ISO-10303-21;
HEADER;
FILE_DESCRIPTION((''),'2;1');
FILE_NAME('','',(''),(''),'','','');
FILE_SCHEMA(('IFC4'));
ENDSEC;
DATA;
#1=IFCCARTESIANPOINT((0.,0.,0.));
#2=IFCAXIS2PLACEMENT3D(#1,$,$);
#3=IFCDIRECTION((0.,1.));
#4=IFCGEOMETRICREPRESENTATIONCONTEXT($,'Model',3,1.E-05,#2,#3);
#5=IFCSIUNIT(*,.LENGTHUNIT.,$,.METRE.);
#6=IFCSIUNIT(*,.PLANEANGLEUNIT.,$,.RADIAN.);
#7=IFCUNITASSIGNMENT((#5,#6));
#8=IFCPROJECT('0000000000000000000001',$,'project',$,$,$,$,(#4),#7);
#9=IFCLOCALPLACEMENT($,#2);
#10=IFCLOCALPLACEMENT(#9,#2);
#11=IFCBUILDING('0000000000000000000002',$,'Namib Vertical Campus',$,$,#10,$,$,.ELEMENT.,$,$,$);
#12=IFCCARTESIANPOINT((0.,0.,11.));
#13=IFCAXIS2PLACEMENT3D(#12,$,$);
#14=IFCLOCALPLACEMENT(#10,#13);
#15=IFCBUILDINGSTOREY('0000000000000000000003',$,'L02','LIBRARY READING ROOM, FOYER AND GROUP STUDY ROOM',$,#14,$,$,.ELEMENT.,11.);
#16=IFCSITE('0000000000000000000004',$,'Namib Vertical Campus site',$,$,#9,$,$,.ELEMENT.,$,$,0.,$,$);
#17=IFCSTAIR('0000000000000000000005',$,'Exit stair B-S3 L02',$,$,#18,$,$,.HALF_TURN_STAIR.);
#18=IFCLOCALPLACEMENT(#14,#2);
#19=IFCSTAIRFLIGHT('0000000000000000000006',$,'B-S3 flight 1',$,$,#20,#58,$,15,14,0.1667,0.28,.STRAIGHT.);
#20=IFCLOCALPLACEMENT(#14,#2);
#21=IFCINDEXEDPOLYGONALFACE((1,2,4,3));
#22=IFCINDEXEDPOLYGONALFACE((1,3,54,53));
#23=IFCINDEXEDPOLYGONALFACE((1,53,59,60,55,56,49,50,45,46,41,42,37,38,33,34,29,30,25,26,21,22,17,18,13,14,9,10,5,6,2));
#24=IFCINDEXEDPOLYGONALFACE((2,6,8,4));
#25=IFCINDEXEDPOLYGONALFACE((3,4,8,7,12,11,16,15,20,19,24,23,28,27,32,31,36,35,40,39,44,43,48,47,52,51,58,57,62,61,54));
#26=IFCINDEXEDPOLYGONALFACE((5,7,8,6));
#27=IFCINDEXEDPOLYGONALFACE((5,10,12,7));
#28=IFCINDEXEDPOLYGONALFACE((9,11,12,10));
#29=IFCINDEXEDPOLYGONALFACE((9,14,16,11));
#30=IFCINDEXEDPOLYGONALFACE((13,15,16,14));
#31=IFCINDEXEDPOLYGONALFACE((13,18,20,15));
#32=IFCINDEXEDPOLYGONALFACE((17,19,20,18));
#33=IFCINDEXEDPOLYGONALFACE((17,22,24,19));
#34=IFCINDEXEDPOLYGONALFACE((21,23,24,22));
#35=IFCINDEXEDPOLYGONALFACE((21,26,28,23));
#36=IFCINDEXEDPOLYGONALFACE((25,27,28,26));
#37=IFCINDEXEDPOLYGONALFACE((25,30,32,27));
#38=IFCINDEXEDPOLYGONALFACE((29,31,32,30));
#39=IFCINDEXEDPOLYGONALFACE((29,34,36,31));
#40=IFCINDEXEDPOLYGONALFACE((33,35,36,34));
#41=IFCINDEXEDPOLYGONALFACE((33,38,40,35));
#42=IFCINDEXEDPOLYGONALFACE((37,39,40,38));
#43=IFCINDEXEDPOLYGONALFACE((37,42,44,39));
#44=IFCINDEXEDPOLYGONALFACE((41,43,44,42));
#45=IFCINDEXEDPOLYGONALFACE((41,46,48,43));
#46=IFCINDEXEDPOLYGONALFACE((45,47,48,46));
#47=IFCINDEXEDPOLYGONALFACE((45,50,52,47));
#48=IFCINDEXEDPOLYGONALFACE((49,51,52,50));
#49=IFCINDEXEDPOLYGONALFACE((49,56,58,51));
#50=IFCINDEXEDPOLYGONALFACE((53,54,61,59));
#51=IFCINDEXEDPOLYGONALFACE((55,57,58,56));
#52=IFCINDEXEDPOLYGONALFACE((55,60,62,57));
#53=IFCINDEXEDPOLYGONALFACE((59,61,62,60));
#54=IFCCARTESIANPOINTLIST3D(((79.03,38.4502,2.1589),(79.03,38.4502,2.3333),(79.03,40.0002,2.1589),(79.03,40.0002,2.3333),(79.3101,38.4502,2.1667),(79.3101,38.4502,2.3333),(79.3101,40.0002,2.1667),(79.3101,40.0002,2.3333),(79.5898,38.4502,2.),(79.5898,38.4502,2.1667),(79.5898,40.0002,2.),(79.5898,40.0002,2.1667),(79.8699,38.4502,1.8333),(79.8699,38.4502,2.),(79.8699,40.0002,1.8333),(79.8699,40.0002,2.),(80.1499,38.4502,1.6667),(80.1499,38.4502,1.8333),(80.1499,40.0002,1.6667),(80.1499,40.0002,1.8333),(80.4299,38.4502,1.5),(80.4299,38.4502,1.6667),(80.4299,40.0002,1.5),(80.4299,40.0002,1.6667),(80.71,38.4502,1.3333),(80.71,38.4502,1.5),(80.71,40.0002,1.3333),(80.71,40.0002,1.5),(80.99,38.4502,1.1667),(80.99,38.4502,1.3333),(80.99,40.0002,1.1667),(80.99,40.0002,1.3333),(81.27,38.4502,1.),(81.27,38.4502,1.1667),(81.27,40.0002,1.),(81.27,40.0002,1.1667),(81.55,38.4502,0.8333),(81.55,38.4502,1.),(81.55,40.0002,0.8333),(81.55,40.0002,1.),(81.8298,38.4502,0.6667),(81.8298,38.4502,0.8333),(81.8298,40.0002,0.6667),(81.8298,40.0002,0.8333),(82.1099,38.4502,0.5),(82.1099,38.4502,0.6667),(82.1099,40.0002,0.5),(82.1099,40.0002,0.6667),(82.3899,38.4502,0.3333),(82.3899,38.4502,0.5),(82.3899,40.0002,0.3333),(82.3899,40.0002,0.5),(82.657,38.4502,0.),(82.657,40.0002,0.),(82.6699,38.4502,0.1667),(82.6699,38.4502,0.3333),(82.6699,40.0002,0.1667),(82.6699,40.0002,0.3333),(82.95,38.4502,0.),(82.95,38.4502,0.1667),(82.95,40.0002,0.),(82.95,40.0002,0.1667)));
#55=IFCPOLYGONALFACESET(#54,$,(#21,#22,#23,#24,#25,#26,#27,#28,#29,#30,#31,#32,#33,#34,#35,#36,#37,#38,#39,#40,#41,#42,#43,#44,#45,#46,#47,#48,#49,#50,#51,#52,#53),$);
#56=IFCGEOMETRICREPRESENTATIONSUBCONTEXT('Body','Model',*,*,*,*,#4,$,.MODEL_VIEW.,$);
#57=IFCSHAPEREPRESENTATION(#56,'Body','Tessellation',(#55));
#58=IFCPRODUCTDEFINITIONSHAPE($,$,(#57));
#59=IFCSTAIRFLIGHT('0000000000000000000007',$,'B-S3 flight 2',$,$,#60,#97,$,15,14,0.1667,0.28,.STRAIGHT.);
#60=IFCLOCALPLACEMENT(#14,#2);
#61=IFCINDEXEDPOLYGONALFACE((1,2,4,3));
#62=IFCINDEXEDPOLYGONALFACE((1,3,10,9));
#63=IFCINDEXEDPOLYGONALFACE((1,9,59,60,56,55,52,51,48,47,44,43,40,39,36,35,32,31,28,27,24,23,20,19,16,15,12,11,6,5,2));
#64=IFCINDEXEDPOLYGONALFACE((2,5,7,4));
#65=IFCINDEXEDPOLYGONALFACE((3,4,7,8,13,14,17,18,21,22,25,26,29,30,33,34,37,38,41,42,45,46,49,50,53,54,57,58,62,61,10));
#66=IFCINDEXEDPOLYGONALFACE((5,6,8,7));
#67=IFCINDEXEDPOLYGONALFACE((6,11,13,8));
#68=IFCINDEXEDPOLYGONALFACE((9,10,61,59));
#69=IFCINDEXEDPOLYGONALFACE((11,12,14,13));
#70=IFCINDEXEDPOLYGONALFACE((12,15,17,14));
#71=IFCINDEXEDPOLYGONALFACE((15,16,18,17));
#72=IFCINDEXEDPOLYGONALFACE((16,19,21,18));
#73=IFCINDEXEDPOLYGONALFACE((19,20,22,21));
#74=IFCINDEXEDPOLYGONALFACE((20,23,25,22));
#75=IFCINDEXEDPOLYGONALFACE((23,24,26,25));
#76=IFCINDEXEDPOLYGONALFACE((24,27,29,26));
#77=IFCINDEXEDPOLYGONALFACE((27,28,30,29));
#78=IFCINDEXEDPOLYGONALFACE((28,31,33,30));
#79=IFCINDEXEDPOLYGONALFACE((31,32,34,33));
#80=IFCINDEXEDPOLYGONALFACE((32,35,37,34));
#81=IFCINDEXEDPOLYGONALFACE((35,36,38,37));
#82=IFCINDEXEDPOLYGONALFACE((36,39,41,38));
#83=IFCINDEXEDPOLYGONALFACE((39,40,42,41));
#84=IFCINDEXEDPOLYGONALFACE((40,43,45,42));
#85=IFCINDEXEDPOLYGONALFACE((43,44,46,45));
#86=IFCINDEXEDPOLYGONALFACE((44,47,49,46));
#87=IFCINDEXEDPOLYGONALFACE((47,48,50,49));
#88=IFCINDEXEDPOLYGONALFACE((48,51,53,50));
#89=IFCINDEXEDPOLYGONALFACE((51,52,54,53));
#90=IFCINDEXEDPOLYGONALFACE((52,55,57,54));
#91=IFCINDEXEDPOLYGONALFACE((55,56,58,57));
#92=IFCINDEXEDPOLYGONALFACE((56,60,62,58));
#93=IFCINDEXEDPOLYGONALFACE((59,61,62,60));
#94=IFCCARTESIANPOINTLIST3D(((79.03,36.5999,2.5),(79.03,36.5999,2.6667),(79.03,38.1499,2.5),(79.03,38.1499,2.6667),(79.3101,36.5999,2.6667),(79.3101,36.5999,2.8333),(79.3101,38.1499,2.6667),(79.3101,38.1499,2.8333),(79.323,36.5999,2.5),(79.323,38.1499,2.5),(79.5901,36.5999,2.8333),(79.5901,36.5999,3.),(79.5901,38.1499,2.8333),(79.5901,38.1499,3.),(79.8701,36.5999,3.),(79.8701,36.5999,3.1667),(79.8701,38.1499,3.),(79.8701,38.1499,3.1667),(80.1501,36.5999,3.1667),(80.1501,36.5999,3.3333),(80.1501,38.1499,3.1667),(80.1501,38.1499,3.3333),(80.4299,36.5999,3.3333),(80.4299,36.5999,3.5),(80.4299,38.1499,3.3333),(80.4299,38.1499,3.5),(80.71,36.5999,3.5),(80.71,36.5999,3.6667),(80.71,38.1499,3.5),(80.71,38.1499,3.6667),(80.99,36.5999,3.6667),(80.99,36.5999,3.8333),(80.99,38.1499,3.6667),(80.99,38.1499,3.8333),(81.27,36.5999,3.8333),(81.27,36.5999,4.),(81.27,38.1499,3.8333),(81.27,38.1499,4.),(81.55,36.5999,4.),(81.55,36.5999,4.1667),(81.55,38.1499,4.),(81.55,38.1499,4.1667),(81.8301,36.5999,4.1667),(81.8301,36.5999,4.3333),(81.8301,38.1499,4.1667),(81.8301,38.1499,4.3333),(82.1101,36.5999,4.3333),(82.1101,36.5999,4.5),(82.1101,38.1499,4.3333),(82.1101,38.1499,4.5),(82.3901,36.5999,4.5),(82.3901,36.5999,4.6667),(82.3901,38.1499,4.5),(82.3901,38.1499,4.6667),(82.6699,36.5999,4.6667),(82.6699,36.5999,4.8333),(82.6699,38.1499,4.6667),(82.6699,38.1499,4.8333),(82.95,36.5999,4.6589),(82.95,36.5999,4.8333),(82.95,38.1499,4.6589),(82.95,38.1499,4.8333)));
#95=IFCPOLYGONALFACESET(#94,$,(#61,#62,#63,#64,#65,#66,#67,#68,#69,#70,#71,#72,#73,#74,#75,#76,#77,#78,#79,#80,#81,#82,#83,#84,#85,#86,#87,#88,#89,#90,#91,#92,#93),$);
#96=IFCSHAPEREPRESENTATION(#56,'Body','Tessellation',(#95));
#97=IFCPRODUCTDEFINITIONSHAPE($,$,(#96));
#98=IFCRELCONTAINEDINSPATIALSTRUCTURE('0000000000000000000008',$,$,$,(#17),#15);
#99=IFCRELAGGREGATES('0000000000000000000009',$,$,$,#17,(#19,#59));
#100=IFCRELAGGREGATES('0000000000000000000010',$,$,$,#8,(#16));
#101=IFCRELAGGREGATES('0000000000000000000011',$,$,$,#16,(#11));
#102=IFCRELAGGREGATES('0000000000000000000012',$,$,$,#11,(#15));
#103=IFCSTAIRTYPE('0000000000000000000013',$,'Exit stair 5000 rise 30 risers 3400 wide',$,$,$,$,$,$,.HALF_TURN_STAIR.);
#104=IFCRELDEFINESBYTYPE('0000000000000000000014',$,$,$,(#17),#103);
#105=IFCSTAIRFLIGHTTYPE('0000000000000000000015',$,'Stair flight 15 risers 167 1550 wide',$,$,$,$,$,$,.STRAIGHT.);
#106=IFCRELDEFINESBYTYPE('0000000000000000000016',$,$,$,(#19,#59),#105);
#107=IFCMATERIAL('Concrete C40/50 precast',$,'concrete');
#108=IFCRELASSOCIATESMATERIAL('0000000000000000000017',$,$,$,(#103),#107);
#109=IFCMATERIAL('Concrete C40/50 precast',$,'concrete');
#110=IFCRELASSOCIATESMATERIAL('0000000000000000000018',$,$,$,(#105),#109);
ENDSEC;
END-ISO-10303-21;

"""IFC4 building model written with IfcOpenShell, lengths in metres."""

from ifc_helpers import new_model, si_unit, direction, frame, origin, place, context, subcontext, project, spatial, polyline, outline, extrude, material, type_object, element, aggregate, save


model = new_model("IFC4")

# Units and contexts
model_context = context("Model", 3, precision=1e-05, world=origin(), true_north=direction((0.0, 1.0)))
body_context = subcontext(model_context, "Body", "Model", "MODEL_VIEW")
ifc_project = project(units=[si_unit("LENGTHUNIT", "METRE"), si_unit("PLANEANGLEUNIT", "RADIAN")], contexts=[model_context])

# Site, building, storey
site_placement = place(None, origin())
site = spatial("IfcSite", under=ifc_project, at=site_placement, Name="Namib Vertical Campus site", CompositionType="ELEMENT", RefElevation=0.0)
building_placement = place(site_placement, origin())
building = spatial("IfcBuilding", under=site, at=building_placement, Name="Namib Vertical Campus", CompositionType="ELEMENT")
storey_placement = place(building_placement, frame((0.0, 0.0, 11.0)))
storey = spatial("IfcBuildingStorey", under=building, at=storey_placement, Name="L02", Description="LIBRARY READING ROOM, FOYER AND GROUP STUDY ROOM", CompositionType="ELEMENT", Elevation=11.0)

# Stair, stair flights
ifc_material_1 = material(Name="Concrete C40/50 precast", Category="concrete")
stair_type = type_object("IfcStairType", Name="Exit stair 5000 rise 30 risers 3400 wide", PredefinedType="HALF_TURN_STAIR", material=ifc_material_1)
stair_placement = place(storey_placement, origin())
stair = element("IfcStair", 1, at=stair_placement, inside=storey, type_object=stair_type, Name="Exit stair B-S3 L02", PredefinedType="HALF_TURN_STAIR")
ifc_material_2 = material(Name="Concrete C40/50 precast", Category="concrete")
stair_flight_type = type_object("IfcStairFlightType", Name="Stair flight 15 risers 167 1550 wide", PredefinedType="STRAIGHT", material=ifc_material_2)
stair_flight_1_placement = place(storey_placement, frame((82.95, 39.2251, 0.0), z_axis=(0.0, 0.0, 1.0), x_axis=(-1.0, 0.0, 0.0)))
stair_flight_1 = element("IfcStairFlight", 2, at=stair_flight_1_placement, type_object=stair_flight_type, Name="B-S3 flight 1", NumberOfRisers=15, NumberOfTreads=14, PredefinedType="STRAIGHT", RiserHeight=0.1667, TreadLength=0.28, context=body_context, shape_type="SweptSolid", body=[
    extrude(outline(polyline([(0.0, 0.0), (0.0, 0.1667), (0.28, 0.1667), (0.28, 0.3333), (0.5601, 0.3333), (0.5601, 0.5), (0.8401, 0.5), (0.8401, 0.6667), (1.1201, 0.6667), (1.1201, 0.8333), (1.3999, 0.8333), (1.3999, 1.0), (1.6799, 1.0), (1.6799, 1.1667), (1.96, 1.1667), (1.96, 1.3333), (2.24, 1.3333), (2.24, 1.5), (2.52, 1.5), (2.52, 1.6667), (2.8, 1.6667), (2.8, 1.8333), (3.0801, 1.8333), (3.0801, 2.0), (3.3601, 2.0), (3.3601, 2.1667), (3.6399, 2.1667), (3.6399, 2.3333), (3.9199, 2.3333), (3.9199, 2.5), (3.9199, 2.1589), (0.293, 0.0), (0.0, 0.0)])), frame((0.0, 0.7749, 0.0), z_axis=(0.0, -1.0, 0.0), x_axis=(1.0, 0.0, 0.0)), (0.0, 0.0, 1.0), 1.55),
])
stair_flight_2_placement = place(storey_placement, frame((79.03, 37.375, 2.5), z_axis=(0.0, 0.0, 1.0), x_axis=(1.0, 0.0, 0.0)))
stair_flight_2 = element("IfcStairFlight", 3, at=stair_flight_2_placement, type_object=stair_flight_type, Name="B-S3 flight 2", NumberOfRisers=15, NumberOfTreads=14, PredefinedType="STRAIGHT", RiserHeight=0.1667, TreadLength=0.28, context=body_context, shape_type="SweptSolid", body=[
    extrude(outline(polyline([(0.0, 0.0), (0.0, 0.1667), (0.28, 0.1667), (0.28, 0.3333), (0.5601, 0.3333), (0.5601, 0.5), (0.8401, 0.5), (0.8401, 0.6667), (1.1201, 0.6667), (1.1201, 0.8333), (1.3999, 0.8333), (1.3999, 1.0), (1.6799, 1.0), (1.6799, 1.1667), (1.96, 1.1667), (1.96, 1.3333), (2.24, 1.3333), (2.24, 1.5), (2.52, 1.5), (2.52, 1.6667), (2.8, 1.6667), (2.8, 1.8333), (3.0801, 1.8333), (3.0801, 2.0), (3.3601, 2.0), (3.3601, 2.1667), (3.6399, 2.1667), (3.6399, 2.3333), (3.9199, 2.3333), (3.9199, 2.5), (3.9199, 2.1589), (0.293, 0.0), (0.0, 0.0)])), frame((0.0, 0.7749, 0.0), z_axis=(0.0, -1.0, 0.0), x_axis=(1.0, 0.0, 0.0)), (0.0, 0.0, 1.0), 1.55),
])
aggregate(stair, [stair_flight_1, stair_flight_2])

save(model, "model.ifc")
